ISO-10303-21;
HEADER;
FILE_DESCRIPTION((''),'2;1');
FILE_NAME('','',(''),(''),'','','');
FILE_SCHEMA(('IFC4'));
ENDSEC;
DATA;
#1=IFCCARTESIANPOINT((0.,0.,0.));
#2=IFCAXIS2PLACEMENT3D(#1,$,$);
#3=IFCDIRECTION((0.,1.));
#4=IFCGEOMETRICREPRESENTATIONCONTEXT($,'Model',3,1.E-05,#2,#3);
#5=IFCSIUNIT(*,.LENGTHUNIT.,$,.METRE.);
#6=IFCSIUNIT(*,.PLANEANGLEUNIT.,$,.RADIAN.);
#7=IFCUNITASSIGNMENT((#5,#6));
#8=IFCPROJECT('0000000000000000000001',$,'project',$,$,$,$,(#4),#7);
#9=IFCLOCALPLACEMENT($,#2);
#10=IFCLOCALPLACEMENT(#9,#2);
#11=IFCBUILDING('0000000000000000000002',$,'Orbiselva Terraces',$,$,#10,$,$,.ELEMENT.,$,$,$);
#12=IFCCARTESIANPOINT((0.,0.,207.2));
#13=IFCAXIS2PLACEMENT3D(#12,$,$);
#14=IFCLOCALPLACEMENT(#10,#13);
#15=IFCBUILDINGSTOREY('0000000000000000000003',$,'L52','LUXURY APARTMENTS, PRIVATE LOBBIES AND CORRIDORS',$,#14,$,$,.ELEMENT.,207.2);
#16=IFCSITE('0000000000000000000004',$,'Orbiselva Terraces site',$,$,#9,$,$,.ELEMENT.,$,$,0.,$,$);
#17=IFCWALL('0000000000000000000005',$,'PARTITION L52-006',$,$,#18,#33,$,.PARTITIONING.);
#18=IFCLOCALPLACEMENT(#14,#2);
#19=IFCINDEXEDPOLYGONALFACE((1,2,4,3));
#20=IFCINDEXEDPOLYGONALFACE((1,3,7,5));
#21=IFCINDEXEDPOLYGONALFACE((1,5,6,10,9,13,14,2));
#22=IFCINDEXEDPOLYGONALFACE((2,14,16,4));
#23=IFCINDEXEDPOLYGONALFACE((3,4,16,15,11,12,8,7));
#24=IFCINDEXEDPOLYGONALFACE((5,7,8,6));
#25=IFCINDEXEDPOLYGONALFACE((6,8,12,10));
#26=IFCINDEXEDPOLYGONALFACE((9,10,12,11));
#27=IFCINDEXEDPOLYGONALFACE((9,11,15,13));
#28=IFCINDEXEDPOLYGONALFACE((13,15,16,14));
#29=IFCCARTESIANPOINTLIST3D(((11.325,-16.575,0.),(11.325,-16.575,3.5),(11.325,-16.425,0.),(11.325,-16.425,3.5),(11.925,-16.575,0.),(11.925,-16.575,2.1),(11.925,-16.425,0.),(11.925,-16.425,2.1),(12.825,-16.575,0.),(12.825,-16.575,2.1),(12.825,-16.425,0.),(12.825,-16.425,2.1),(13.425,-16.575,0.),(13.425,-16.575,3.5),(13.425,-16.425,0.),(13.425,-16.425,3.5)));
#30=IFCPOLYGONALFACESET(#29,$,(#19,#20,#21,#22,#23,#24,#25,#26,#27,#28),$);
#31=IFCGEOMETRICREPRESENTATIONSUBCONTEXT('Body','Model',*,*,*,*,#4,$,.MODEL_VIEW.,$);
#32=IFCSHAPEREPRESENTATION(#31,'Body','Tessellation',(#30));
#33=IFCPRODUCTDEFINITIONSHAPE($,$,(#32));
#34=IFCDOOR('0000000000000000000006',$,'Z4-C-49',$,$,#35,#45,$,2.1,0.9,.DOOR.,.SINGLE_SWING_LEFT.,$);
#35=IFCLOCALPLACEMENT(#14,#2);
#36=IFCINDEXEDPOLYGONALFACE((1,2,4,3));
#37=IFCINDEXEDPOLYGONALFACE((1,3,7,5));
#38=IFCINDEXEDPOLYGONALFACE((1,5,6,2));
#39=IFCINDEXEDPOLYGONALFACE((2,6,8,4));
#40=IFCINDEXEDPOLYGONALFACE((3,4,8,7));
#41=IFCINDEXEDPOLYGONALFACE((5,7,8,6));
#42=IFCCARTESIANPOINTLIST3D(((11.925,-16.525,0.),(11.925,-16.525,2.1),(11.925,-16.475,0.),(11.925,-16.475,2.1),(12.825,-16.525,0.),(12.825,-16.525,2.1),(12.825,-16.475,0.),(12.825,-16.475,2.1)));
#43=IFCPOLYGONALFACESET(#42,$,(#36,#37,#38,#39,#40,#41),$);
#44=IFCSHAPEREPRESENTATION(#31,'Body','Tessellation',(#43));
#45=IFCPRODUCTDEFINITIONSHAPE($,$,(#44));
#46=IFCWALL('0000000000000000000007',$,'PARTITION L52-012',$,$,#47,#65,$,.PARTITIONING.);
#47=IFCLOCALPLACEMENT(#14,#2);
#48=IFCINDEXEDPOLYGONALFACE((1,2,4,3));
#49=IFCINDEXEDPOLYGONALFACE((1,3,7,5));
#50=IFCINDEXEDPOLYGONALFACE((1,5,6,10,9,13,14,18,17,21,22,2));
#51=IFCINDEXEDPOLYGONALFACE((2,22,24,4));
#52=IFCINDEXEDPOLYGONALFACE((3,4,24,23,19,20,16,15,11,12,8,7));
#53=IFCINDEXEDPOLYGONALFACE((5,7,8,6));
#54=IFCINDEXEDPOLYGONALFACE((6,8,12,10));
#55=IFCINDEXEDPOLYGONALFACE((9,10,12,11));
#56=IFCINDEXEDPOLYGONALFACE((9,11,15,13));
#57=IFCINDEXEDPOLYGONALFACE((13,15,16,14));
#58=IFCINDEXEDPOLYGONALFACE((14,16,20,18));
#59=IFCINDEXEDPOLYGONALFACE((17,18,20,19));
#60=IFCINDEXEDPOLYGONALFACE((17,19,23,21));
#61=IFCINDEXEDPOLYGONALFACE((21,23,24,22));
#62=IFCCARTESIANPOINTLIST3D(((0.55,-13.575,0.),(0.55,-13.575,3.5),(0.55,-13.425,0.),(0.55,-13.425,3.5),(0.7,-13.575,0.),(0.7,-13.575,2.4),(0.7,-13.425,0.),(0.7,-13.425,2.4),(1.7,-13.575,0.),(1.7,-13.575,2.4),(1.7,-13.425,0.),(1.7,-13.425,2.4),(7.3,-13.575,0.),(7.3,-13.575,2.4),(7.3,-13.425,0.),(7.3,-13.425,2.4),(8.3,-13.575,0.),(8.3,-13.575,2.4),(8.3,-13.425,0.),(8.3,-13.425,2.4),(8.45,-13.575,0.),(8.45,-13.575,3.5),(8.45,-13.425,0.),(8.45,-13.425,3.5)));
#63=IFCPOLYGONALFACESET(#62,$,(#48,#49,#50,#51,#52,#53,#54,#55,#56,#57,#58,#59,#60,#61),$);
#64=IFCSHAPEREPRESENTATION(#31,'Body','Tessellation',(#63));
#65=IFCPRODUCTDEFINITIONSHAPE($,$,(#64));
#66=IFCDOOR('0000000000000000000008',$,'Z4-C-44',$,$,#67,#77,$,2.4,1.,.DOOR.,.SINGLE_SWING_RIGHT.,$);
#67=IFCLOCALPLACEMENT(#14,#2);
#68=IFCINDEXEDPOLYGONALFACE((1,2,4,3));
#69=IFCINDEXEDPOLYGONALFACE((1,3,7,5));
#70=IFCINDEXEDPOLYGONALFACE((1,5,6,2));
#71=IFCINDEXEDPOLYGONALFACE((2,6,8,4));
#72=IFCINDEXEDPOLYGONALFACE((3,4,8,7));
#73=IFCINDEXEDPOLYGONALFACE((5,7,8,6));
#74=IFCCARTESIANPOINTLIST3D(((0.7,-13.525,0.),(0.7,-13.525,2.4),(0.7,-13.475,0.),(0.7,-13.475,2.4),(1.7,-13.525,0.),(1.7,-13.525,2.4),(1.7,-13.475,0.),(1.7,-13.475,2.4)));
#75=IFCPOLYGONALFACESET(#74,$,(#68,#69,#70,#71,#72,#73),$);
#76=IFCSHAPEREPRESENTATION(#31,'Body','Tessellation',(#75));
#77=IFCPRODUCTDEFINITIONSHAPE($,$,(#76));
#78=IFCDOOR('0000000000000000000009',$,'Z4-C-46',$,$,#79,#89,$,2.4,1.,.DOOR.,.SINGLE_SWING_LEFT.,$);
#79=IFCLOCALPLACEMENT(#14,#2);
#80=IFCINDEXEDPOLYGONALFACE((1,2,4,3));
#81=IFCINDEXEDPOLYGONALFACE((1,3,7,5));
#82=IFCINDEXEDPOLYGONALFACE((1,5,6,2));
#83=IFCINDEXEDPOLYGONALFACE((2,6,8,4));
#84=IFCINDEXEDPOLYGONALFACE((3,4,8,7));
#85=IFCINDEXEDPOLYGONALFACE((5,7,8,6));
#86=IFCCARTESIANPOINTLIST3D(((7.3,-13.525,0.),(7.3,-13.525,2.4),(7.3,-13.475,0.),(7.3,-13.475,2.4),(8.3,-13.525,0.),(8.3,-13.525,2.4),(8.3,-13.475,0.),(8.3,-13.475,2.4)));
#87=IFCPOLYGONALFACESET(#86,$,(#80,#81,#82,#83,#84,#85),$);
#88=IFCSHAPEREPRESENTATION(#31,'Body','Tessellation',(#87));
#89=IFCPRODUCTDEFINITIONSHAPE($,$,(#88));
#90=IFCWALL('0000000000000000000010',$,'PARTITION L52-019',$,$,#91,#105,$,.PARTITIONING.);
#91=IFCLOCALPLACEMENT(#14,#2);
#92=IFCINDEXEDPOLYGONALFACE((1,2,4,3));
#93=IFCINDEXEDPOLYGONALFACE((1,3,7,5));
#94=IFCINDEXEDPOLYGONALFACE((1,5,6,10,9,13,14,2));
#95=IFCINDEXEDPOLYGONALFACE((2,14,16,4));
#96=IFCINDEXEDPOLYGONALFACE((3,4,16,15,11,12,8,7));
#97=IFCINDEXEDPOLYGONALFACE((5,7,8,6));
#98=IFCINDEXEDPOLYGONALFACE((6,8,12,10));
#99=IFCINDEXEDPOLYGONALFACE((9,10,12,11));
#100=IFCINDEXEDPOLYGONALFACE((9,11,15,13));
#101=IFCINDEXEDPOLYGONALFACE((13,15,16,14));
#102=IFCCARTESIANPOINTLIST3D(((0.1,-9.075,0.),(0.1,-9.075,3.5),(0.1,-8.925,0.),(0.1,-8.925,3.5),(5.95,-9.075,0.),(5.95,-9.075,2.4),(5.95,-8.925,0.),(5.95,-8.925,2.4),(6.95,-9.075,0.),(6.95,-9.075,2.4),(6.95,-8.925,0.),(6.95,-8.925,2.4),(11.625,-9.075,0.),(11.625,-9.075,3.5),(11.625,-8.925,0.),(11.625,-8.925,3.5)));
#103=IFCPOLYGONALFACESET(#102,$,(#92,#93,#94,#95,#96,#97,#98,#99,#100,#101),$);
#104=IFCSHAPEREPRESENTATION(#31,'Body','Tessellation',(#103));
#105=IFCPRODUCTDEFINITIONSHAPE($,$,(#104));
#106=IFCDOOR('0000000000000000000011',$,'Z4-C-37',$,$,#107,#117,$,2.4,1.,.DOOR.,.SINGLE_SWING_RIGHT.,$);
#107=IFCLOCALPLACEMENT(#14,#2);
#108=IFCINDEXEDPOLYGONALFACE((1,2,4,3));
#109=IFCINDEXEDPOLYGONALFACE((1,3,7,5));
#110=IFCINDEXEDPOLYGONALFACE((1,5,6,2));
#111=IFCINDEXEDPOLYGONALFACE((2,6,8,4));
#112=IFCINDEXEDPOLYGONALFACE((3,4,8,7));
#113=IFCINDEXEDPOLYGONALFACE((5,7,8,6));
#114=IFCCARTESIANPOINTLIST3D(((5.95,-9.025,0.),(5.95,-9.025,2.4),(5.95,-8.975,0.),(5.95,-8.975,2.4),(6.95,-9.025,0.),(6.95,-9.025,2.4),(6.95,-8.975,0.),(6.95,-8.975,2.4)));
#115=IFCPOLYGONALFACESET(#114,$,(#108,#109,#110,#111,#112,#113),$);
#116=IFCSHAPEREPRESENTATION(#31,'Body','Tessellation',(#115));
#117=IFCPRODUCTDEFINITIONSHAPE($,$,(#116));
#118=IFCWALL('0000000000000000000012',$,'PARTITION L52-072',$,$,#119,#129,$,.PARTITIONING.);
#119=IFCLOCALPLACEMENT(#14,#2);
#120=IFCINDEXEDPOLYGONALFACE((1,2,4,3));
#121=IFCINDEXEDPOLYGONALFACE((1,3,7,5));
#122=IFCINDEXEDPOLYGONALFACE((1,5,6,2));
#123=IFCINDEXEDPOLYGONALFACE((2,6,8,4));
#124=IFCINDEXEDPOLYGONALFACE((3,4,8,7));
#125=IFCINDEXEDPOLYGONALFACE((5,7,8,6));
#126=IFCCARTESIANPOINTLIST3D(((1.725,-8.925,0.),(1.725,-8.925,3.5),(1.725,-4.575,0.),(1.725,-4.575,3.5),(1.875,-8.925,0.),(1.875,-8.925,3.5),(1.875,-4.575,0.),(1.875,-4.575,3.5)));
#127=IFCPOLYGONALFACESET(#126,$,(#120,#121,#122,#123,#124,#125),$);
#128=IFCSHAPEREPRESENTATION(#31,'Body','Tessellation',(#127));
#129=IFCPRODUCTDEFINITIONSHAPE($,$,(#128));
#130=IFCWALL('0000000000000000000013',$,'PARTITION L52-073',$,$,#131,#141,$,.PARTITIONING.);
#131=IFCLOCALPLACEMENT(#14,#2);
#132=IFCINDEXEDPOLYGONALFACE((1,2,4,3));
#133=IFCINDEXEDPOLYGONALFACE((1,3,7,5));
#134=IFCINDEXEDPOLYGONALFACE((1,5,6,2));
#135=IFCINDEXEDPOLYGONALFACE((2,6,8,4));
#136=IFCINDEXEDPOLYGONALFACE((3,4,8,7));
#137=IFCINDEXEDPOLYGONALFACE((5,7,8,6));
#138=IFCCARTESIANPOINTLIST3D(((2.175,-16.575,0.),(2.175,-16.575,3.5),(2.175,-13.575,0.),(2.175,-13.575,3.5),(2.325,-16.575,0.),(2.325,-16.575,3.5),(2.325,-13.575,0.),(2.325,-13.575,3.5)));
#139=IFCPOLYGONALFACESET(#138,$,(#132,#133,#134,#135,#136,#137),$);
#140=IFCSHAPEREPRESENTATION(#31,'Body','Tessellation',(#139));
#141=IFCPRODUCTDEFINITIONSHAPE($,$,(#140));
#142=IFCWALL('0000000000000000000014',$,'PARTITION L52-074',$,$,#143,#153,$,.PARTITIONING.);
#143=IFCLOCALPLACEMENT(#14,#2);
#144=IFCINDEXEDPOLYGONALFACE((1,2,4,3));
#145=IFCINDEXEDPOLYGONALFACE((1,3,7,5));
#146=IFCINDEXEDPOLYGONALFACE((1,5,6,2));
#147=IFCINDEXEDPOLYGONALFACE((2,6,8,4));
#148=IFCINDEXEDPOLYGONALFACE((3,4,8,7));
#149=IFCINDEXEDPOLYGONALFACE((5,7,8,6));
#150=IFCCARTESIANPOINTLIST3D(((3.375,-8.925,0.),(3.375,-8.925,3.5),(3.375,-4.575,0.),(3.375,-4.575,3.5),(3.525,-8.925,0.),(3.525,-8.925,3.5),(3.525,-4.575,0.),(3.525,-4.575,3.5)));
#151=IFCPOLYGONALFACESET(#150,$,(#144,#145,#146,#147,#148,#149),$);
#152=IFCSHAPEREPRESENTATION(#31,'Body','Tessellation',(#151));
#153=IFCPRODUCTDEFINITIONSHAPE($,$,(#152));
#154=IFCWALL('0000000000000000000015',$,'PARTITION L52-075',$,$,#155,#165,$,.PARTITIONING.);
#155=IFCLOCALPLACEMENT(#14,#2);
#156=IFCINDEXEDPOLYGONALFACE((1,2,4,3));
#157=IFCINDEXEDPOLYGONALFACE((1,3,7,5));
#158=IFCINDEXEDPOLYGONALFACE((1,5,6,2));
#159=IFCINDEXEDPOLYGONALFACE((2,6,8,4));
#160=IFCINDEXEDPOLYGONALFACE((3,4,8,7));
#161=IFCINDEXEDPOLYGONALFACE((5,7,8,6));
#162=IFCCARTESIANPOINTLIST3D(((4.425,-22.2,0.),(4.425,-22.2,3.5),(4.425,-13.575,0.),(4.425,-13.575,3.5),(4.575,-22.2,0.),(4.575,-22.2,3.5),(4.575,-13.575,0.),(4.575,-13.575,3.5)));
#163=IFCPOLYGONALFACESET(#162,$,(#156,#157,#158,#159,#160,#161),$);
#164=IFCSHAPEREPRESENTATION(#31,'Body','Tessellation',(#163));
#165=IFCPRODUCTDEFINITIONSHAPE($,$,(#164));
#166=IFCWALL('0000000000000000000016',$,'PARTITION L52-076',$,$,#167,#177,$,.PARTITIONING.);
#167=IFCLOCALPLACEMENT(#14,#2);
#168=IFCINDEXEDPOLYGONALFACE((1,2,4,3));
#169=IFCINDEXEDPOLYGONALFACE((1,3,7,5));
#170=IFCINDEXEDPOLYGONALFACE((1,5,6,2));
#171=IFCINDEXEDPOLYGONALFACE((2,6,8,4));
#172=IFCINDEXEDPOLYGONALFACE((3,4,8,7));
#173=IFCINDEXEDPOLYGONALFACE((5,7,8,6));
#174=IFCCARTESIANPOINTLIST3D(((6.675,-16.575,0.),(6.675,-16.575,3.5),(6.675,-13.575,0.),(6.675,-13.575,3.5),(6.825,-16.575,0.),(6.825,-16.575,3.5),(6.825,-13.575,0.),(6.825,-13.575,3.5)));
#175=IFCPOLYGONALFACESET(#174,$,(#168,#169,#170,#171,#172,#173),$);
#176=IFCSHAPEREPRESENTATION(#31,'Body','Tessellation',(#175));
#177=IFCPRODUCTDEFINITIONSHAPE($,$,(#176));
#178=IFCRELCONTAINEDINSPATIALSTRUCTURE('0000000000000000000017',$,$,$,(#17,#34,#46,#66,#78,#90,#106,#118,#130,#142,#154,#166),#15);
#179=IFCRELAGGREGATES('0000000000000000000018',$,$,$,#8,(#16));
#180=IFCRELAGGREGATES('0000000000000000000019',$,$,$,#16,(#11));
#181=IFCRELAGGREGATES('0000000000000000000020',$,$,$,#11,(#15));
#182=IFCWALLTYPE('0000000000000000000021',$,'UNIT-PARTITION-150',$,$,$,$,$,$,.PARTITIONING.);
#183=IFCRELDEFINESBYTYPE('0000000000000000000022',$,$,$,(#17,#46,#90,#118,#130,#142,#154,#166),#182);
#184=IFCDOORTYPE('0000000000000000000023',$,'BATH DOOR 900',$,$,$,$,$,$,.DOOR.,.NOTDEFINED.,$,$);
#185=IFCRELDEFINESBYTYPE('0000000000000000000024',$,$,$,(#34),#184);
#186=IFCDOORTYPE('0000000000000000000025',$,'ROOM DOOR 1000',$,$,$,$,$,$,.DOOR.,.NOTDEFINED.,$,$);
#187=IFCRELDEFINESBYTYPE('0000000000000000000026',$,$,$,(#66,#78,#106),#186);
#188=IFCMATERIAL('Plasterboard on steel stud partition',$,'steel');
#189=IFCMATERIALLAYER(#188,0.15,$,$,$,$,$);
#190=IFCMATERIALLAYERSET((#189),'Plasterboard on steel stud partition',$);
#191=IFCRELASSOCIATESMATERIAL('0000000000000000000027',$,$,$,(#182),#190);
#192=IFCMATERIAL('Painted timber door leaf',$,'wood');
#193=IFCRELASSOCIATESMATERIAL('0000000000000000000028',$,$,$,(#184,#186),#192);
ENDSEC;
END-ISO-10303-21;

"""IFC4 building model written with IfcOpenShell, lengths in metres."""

from ifc_helpers import new_model, si_unit, direction, frame, frame_2d, origin, place, context, subcontext, project, spatial, rectangle, extrude, material, layer, layer_set, type_object, element, fill, save


model = new_model("IFC4")

# Units and contexts
model_context = context("Model", 3, precision=1e-05, world=origin(), true_north=direction((0.0, 1.0)))
body_context = subcontext(model_context, "Body", "Model", "MODEL_VIEW")
ifc_project = project(units=[si_unit("LENGTHUNIT", "METRE"), si_unit("PLANEANGLEUNIT", "RADIAN")], contexts=[model_context])

# Site, building, storey
site_placement = place(None, origin())
site = spatial("IfcSite", under=ifc_project, at=site_placement, Name="Orbiselva Terraces site", CompositionType="ELEMENT", RefElevation=0.0)
building_placement = place(site_placement, origin())
building = spatial("IfcBuilding", under=site, at=building_placement, Name="Orbiselva Terraces", CompositionType="ELEMENT")
storey_placement = place(building_placement, frame((0.0, 0.0, 207.2)))
storey = spatial("IfcBuildingStorey", under=building, at=storey_placement, Name="L52", Description="LUXURY APARTMENTS, PRIVATE LOBBIES AND CORRIDORS", CompositionType="ELEMENT", Elevation=207.2)

# Shared definitions
ifc_material_1 = material(Name="Plasterboard on steel stud partition", Category="steel")

# Wall, opening, door
ifc_layer_1 = layer(ifc_material_1, 0.15)
ifc_layer_set_1 = layer_set([ifc_layer_1], Name="Plasterboard on steel stud partition")
wall_type_1 = type_object("IfcWallType", Name="UNIT-PARTITION-150", PredefinedType="PARTITIONING", material=ifc_layer_set_1)
ifc_material_2 = material(Name="Painted timber door leaf", Category="wood")
door_type_1 = type_object("IfcDoorType", Name="BATH DOOR 900", OperationType="NOTDEFINED", PredefinedType="DOOR", material=ifc_material_2)
wall_1_placement = place(storey_placement, frame((11.325, -16.5, 0.0), z_axis=(0.0, 0.0, 1.0), x_axis=(1.0, 0.0, 0.0)))
wall_1 = element("IfcWall", 1, at=wall_1_placement, inside=storey, type_object=wall_type_1, Name="PARTITION L52-006", PredefinedType="PARTITIONING", context=body_context, shape_type="SweptSolid", body=[
    extrude(rectangle(XDim=2.1, YDim=0.15, at=frame_2d((1.05, 0.0))), origin(), (0.0, 0.0, 1.0), 3.5),
])
opening_1_placement = place(wall_1_placement, frame((0.6, 0.0, 0.0)))
opening_1 = element("IfcOpeningElement", 2, at=opening_1_placement, cuts=wall_1, PredefinedType="OPENING", context=body_context, shape_type="SweptSolid", body=[
    extrude(rectangle(XDim=0.9, YDim=2.1, at=frame_2d((0.45, 1.05))), frame((0.0, 0.085, 0.0), z_axis=(0.0, -1.0, 0.0), x_axis=(1.0, 0.0, 0.0)), (0.0, 0.0, 1.0), 0.17),
])
door_1_placement = place(opening_1_placement, origin())
door_1 = element("IfcDoor", 3, at=door_1_placement, inside=storey, type_object=door_type_1, Name="Z4-C-49", OperationType="SINGLE_SWING_LEFT", OverallHeight=2.1, OverallWidth=0.9, PredefinedType="DOOR", context=body_context, shape_type="SweptSolid", body=[
    extrude(rectangle(XDim=0.9, YDim=2.1, at=frame_2d((0.45, 1.05))), frame((0.0, 0.025, 0.0), z_axis=(0.0, -1.0, 0.0), x_axis=(1.0, 0.0, 0.0)), (0.0, 0.0, 1.0), 0.05),
])
fill(opening_1, door_1)

# Wall, openings, doors
wall_2_placement = place(storey_placement, frame((8.45, -13.5, 0.0), z_axis=(0.0, 0.0, 1.0), x_axis=(-1.0, 0.0, 0.0)))
wall_2 = element("IfcWall", 4, at=wall_2_placement, inside=storey, type_object=wall_type_1, Name="PARTITION L52-012", PredefinedType="PARTITIONING", context=body_context, shape_type="SweptSolid", body=[
    extrude(rectangle(XDim=7.9, YDim=0.15, at=frame_2d((3.95, 0.0))), origin(), (0.0, 0.0, 1.0), 3.5),
])
opening_2_placement = place(wall_2_placement, frame((6.75, 0.0, 0.0)))
opening_2 = element("IfcOpeningElement", 5, at=opening_2_placement, cuts=wall_2, PredefinedType="OPENING", context=body_context, shape_type="SweptSolid", body=[
    extrude(rectangle(XDim=1.0, YDim=2.4, at=frame_2d((0.5, 1.2))), frame((0.0, 0.085, 0.0), z_axis=(0.0, -1.0, 0.0), x_axis=(1.0, 0.0, 0.0)), (0.0, 0.0, 1.0), 0.17),
])
opening_3_placement = place(wall_2_placement, frame((0.15, 0.0, 0.0)))
opening_3 = element("IfcOpeningElement", 6, at=opening_3_placement, cuts=wall_2, PredefinedType="OPENING", context=body_context, shape_type="SweptSolid", body=[
    extrude(rectangle(XDim=1.0, YDim=2.4, at=frame_2d((0.5, 1.2))), frame((0.0, 0.085, 0.0), z_axis=(0.0, -1.0, 0.0), x_axis=(1.0, 0.0, 0.0)), (0.0, 0.0, 1.0), 0.17),
])
door_type_2 = type_object("IfcDoorType", Name="ROOM DOOR 1000", OperationType="NOTDEFINED", PredefinedType="DOOR", material=ifc_material_2)
door_2_placement = place(opening_2_placement, origin())
door_2 = element("IfcDoor", 7, at=door_2_placement, inside=storey, type_object=door_type_2, Name="Z4-C-44", OperationType="SINGLE_SWING_RIGHT", OverallHeight=2.4, OverallWidth=1.0, PredefinedType="DOOR", context=body_context, shape_type="SweptSolid", body=[
    extrude(rectangle(XDim=1.0, YDim=2.4, at=frame_2d((0.5, 1.2))), frame((0.0, 0.025, 0.0), z_axis=(0.0, -1.0, 0.0), x_axis=(1.0, 0.0, 0.0)), (0.0, 0.0, 1.0), 0.05),
])
fill(opening_2, door_2)
door_3_placement = place(opening_3_placement, origin())
door_3 = element("IfcDoor", 8, at=door_3_placement, inside=storey, type_object=door_type_2, Name="Z4-C-46", OperationType="SINGLE_SWING_LEFT", OverallHeight=2.4, OverallWidth=1.0, PredefinedType="DOOR", context=body_context, shape_type="SweptSolid", body=[
    extrude(rectangle(XDim=1.0, YDim=2.4, at=frame_2d((0.5, 1.2))), frame((0.0, 0.025, 0.0), z_axis=(0.0, -1.0, 0.0), x_axis=(1.0, 0.0, 0.0)), (0.0, 0.0, 1.0), 0.05),
])
fill(opening_3, door_3)

# Wall, opening, door
wall_3_placement = place(storey_placement, frame((0.1, -9.0, 0.0), z_axis=(0.0, 0.0, 1.0), x_axis=(1.0, 0.0, 0.0)))
wall_3 = element("IfcWall", 9, at=wall_3_placement, inside=storey, type_object=wall_type_1, Name="PARTITION L52-019", PredefinedType="PARTITIONING", context=body_context, shape_type="SweptSolid", body=[
    extrude(rectangle(XDim=11.525, YDim=0.15, at=frame_2d((5.7625, 0.0))), origin(), (0.0, 0.0, 1.0), 3.5),
])
opening_4_placement = place(wall_3_placement, frame((5.85, 0.0, 0.0)))
opening_4 = element("IfcOpeningElement", 10, at=opening_4_placement, cuts=wall_3, PredefinedType="OPENING", context=body_context, shape_type="SweptSolid", body=[
    extrude(rectangle(XDim=1.0, YDim=2.4, at=frame_2d((0.5, 1.2))), frame((0.0, 0.085, 0.0), z_axis=(0.0, -1.0, 0.0), x_axis=(1.0, 0.0, 0.0)), (0.0, 0.0, 1.0), 0.17),
])
door_4_placement = place(opening_4_placement, origin())
door_4 = element("IfcDoor", 11, at=door_4_placement, inside=storey, type_object=door_type_2, Name="Z4-C-37", OperationType="SINGLE_SWING_RIGHT", OverallHeight=2.4, OverallWidth=1.0, PredefinedType="DOOR", context=body_context, shape_type="SweptSolid", body=[
    extrude(rectangle(XDim=1.0, YDim=2.4, at=frame_2d((0.5, 1.2))), frame((0.0, 0.025, 0.0), z_axis=(0.0, -1.0, 0.0), x_axis=(1.0, 0.0, 0.0)), (0.0, 0.0, 1.0), 0.05),
])
fill(opening_4, door_4)

# Walls
wall_4_placement = place(storey_placement, frame((1.8, -8.925, 0.0), z_axis=(0.0, 0.0, 1.0), x_axis=(0.0, 1.0, 0.0)))
element("IfcWall", 12, at=wall_4_placement, inside=storey, type_object=wall_type_1, Name="PARTITION L52-072", PredefinedType="PARTITIONING", context=body_context, shape_type="SweptSolid", body=[
    extrude(rectangle(XDim=4.35, YDim=0.15, at=frame_2d((2.175, 0.0))), origin(), (0.0, 0.0, 1.0), 3.5),
])
wall_5_placement = place(storey_placement, frame((2.25, -16.575, 0.0), z_axis=(0.0, 0.0, 1.0), x_axis=(0.0, 1.0, 0.0)))
element("IfcWall", 13, at=wall_5_placement, inside=storey, type_object=wall_type_1, Name="PARTITION L52-073", PredefinedType="PARTITIONING", context=body_context, shape_type="SweptSolid", body=[
    extrude(rectangle(XDim=3.0, YDim=0.15, at=frame_2d((1.5, 0.0))), origin(), (0.0, 0.0, 1.0), 3.5),
])
wall_6_placement = place(storey_placement, frame((3.45, -8.925, 0.0), z_axis=(0.0, 0.0, 1.0), x_axis=(0.0, 1.0, 0.0)))
element("IfcWall", 14, at=wall_6_placement, inside=storey, type_object=wall_type_1, Name="PARTITION L52-074", PredefinedType="PARTITIONING", context=body_context, shape_type="SweptSolid", body=[
    extrude(rectangle(XDim=4.35, YDim=0.15, at=frame_2d((2.175, 0.0))), origin(), (0.0, 0.0, 1.0), 3.5),
])
wall_7_placement = place(storey_placement, frame((4.5, -22.2, 0.0), z_axis=(0.0, 0.0, 1.0), x_axis=(0.0, 1.0, 0.0)))
element("IfcWall", 15, at=wall_7_placement, inside=storey, type_object=wall_type_1, Name="PARTITION L52-075", PredefinedType="PARTITIONING", context=body_context, shape_type="SweptSolid", body=[
    extrude(rectangle(XDim=8.625, YDim=0.15, at=frame_2d((4.3125, 0.0))), origin(), (0.0, 0.0, 1.0), 3.5),
])
wall_8_placement = place(storey_placement, frame((6.75, -16.575, 0.0), z_axis=(0.0, 0.0, 1.0), x_axis=(0.0, 1.0, 0.0)))
element("IfcWall", 16, at=wall_8_placement, inside=storey, type_object=wall_type_1, Name="PARTITION L52-076", PredefinedType="PARTITIONING", context=body_context, shape_type="SweptSolid", body=[
    extrude(rectangle(XDim=3.0, YDim=0.15, at=frame_2d((1.5, 0.0))), origin(), (0.0, 0.0, 1.0), 3.5),
])

save(model, "model.ifc")
